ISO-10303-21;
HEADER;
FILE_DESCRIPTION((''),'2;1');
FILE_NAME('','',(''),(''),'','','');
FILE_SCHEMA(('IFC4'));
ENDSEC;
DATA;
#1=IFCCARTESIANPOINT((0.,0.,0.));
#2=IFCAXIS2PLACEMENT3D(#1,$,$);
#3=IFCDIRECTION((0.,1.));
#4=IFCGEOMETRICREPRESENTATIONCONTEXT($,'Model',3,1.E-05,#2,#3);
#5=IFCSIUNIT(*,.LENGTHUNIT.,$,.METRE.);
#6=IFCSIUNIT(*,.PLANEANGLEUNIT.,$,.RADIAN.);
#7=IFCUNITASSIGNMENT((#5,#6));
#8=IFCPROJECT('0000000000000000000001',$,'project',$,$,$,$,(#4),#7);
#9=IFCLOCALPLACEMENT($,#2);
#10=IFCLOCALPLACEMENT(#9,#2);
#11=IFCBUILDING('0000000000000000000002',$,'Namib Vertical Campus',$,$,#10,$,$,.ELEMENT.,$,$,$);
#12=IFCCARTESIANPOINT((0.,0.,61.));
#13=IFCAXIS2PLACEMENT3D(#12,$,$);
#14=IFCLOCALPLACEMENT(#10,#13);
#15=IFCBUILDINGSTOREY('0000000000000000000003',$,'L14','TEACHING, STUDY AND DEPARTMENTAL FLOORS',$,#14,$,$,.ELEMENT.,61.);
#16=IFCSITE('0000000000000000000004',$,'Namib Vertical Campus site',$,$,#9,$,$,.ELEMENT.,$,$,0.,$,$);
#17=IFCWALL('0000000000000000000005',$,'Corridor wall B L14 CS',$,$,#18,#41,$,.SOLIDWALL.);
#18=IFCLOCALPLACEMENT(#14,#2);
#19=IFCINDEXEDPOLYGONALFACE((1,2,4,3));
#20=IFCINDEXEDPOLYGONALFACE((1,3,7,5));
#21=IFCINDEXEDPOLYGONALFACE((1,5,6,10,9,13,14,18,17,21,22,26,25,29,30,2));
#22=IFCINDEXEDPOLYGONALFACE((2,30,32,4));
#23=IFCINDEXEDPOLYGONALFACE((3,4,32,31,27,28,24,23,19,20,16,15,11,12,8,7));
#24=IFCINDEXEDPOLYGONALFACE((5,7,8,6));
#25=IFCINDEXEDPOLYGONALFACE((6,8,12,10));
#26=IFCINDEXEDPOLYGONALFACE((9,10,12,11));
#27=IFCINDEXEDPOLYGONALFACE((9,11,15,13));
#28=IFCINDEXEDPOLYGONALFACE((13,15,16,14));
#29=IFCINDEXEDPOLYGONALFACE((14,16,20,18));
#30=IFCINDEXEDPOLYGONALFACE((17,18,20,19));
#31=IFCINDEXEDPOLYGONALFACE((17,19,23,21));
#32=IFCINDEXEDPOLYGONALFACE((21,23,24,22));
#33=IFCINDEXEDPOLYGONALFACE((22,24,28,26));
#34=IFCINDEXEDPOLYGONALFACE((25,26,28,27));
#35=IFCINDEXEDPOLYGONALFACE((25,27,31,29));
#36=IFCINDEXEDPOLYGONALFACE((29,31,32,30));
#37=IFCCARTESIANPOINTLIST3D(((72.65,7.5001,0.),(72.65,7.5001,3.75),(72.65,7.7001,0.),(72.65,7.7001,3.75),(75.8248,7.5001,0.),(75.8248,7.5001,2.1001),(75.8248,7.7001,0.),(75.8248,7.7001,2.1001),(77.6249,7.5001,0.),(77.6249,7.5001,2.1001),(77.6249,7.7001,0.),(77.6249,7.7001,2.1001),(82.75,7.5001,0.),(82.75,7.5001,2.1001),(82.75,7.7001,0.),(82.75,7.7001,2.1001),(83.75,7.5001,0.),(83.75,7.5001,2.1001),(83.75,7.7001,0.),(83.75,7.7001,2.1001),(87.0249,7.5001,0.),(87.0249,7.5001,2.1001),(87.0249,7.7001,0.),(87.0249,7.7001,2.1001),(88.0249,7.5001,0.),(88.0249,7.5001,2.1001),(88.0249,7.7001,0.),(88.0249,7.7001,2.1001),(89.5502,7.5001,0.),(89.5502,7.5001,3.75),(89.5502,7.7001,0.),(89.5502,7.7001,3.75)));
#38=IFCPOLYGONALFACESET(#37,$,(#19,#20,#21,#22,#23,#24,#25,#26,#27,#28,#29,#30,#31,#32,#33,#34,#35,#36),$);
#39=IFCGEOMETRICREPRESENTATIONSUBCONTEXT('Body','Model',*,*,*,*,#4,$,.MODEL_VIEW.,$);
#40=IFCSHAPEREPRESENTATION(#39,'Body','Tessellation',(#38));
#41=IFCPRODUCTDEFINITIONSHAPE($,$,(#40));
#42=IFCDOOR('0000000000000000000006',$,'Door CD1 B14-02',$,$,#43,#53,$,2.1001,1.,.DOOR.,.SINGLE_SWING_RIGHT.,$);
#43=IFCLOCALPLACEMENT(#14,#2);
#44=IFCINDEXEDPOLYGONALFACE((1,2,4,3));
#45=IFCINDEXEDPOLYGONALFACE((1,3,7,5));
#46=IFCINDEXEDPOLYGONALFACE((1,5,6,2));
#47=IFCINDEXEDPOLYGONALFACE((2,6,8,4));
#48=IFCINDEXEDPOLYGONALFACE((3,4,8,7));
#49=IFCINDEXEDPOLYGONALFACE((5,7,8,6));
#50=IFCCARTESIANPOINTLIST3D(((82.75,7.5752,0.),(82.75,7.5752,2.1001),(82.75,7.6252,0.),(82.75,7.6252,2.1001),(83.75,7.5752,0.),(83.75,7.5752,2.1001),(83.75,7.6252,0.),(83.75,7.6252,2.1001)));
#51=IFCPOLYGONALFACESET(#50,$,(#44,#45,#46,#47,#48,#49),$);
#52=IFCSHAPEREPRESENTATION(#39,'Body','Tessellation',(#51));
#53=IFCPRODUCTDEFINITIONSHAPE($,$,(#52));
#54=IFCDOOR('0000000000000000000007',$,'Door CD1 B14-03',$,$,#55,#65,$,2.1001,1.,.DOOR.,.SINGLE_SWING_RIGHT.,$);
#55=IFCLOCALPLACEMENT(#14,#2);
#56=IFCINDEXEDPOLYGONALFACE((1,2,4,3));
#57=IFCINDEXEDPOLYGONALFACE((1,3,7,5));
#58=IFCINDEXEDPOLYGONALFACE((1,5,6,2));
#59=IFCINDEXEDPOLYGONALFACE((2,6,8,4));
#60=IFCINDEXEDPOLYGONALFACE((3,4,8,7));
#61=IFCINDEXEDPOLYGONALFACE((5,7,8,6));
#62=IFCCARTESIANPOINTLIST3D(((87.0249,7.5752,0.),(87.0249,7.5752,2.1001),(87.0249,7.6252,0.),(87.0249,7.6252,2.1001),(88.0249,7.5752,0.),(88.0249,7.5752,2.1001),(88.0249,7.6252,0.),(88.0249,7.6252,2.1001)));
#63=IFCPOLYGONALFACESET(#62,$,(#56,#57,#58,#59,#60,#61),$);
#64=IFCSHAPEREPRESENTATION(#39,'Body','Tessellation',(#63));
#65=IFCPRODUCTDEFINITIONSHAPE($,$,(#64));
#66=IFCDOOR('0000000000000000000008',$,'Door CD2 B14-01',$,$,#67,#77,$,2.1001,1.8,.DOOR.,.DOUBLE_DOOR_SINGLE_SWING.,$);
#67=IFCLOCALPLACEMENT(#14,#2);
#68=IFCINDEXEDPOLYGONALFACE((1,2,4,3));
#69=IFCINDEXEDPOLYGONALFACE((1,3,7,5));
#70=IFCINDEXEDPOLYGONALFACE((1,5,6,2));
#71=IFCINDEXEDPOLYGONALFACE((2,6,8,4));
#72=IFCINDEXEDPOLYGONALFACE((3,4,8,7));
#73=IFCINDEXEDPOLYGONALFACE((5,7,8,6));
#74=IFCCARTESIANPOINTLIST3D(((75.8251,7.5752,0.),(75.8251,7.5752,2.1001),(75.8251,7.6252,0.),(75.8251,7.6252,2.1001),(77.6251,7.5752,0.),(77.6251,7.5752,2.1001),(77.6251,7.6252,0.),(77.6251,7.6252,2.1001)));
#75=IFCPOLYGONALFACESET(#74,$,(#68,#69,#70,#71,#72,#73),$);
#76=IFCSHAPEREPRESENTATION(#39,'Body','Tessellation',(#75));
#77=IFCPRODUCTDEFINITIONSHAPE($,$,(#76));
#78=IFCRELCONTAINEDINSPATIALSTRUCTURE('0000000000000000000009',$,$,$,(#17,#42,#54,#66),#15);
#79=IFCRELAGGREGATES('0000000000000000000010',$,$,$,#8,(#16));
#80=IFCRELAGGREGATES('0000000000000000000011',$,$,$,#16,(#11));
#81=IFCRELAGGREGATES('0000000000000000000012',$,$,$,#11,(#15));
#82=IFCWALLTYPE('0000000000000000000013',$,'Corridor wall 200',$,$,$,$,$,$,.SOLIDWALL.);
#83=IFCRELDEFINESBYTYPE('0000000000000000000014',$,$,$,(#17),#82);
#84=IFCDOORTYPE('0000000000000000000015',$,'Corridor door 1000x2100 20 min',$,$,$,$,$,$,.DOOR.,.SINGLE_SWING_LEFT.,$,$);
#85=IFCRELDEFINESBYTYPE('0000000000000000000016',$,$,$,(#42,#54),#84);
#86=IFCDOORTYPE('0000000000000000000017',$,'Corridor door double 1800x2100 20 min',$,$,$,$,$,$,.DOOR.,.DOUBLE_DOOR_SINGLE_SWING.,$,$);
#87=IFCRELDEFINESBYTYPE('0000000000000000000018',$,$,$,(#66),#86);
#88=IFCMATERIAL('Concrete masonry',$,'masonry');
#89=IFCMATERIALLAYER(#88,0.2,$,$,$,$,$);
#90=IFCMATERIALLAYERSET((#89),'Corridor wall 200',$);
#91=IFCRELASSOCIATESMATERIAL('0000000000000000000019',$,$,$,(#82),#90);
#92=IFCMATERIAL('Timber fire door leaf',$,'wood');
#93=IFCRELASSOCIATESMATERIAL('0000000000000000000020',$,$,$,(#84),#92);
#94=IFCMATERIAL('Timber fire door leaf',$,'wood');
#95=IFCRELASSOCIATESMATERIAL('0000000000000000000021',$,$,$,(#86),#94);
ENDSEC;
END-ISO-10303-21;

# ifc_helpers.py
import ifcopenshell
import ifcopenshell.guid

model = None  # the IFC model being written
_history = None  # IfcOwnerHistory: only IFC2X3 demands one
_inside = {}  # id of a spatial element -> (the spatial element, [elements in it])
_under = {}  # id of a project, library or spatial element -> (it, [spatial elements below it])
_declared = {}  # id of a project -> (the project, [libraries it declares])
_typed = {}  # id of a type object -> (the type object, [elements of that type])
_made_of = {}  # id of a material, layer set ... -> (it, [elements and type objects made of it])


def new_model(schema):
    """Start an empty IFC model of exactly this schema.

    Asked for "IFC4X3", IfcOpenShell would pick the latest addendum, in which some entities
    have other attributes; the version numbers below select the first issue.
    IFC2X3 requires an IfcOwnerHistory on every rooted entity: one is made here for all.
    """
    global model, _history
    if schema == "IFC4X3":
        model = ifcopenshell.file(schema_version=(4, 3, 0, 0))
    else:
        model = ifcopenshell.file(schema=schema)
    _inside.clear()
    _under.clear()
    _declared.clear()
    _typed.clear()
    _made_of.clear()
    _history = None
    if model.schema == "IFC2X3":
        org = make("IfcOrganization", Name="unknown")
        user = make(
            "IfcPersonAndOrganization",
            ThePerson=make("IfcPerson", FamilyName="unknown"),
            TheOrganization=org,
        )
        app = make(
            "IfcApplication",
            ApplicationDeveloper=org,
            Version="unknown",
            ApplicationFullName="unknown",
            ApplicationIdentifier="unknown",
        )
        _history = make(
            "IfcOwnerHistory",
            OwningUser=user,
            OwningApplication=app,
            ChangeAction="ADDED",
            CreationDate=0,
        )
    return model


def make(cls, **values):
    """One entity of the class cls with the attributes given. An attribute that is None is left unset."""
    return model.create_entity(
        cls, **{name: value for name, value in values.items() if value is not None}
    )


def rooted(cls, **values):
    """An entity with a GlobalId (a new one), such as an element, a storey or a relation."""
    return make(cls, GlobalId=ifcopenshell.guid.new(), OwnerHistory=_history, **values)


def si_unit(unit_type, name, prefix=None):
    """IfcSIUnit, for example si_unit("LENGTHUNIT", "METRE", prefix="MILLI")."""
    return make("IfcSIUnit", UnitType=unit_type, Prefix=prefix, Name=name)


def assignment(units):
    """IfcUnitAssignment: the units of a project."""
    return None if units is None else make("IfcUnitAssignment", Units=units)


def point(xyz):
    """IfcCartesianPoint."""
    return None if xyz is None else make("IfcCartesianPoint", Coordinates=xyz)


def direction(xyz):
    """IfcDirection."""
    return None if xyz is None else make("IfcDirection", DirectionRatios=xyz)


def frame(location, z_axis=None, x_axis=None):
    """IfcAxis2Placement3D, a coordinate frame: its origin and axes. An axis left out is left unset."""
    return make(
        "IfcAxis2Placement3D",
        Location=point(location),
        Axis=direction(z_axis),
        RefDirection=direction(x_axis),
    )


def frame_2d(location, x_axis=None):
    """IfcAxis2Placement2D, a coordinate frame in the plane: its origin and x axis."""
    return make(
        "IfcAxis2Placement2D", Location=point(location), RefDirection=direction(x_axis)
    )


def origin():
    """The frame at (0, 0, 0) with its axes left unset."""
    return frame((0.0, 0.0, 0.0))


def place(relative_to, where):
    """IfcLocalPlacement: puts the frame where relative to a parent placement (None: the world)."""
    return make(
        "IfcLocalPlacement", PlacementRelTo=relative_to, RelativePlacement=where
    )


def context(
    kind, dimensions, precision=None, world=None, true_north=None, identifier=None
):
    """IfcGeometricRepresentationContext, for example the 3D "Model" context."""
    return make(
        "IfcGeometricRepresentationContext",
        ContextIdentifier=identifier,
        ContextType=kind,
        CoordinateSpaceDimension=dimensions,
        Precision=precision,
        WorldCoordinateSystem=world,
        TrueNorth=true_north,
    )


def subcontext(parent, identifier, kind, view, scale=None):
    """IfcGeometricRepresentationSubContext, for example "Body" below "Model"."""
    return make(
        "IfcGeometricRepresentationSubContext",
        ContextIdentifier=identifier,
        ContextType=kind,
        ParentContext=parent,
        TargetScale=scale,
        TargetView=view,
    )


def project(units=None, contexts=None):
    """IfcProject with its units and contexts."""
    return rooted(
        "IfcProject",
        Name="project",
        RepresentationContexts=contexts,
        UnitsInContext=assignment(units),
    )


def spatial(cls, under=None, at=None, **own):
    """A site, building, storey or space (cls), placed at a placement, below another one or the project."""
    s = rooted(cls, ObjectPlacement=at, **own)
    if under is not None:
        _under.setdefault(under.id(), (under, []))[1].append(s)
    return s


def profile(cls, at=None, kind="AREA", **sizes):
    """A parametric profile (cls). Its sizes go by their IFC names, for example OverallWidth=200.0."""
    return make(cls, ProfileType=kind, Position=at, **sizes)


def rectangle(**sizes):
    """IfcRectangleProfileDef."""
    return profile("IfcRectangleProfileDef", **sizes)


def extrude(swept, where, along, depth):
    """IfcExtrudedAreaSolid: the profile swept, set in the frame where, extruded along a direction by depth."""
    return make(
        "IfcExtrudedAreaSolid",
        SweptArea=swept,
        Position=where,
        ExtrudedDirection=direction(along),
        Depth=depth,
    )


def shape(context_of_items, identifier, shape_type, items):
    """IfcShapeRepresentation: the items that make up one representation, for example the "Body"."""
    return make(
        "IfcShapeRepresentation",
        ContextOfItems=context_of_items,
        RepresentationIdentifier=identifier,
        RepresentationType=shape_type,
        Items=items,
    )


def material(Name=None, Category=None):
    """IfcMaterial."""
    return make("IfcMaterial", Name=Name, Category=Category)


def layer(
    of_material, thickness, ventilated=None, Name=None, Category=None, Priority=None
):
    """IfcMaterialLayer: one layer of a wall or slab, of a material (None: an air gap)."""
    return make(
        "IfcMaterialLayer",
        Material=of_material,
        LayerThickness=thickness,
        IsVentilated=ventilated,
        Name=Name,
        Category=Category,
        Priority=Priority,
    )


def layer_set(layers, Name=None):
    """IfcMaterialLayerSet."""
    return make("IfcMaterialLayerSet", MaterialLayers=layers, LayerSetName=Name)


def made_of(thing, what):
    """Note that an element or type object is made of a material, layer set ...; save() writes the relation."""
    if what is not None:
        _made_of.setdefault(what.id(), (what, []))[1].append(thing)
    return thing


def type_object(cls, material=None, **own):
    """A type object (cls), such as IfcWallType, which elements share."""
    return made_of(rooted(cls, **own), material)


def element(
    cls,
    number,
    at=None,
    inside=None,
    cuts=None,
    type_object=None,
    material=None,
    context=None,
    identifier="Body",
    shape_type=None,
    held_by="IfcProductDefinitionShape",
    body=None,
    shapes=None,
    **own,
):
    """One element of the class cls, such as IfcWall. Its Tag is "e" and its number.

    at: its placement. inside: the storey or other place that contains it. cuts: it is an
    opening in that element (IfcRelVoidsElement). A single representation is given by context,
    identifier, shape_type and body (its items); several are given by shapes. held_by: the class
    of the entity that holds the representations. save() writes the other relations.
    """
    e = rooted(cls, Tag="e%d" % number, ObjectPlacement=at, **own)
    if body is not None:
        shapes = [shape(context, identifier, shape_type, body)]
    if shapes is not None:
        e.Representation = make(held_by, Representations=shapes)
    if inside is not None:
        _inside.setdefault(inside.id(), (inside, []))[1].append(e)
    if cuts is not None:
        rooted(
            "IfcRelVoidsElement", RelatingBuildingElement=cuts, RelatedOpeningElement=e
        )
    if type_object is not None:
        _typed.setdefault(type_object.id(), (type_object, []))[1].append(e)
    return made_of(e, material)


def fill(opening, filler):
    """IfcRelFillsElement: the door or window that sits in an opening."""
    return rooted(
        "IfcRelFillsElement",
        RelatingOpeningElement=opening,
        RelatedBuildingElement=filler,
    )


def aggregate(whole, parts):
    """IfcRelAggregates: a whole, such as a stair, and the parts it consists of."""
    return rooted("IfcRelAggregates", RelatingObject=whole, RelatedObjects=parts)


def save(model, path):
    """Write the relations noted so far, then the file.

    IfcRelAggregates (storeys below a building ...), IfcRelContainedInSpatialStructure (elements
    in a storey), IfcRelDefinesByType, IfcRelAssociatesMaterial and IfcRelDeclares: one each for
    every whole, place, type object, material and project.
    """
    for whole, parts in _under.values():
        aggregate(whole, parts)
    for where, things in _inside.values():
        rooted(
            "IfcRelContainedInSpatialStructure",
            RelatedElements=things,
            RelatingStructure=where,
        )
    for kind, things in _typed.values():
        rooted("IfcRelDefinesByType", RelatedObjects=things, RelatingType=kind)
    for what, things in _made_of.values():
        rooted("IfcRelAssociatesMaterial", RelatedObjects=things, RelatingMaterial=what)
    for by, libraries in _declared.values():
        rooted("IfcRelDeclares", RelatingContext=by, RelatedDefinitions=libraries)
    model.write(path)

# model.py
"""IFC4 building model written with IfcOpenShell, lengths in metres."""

from ifc_helpers import new_model, si_unit, direction, frame, frame_2d, origin, place, context, subcontext, project, spatial, rectangle, extrude, material, layer, layer_set, type_object, element, fill, save


model = new_model("IFC4")

# Units and contexts
model_context = context("Model", 3, precision=1e-05, world=origin(), true_north=direction((0.0, 1.0)))
body_context = subcontext(model_context, "Body", "Model", "MODEL_VIEW")
ifc_project = project(units=[si_unit("LENGTHUNIT", "METRE"), si_unit("PLANEANGLEUNIT", "RADIAN")], contexts=[model_context])

# Site, building, storey
site_placement = place(None, origin())
site = spatial("IfcSite", under=ifc_project, at=site_placement, Name="Namib Vertical Campus site", CompositionType="ELEMENT", RefElevation=0.0)
building_placement = place(site_placement, origin())
building = spatial("IfcBuilding", under=site, at=building_placement, Name="Namib Vertical Campus", CompositionType="ELEMENT")
storey_placement = place(building_placement, frame((0.0, 0.0, 61.0)))
storey = spatial("IfcBuildingStorey", under=building, at=storey_placement, Name="L14", Description="TEACHING, STUDY AND DEPARTMENTAL FLOORS", CompositionType="ELEMENT", Elevation=61.0)

# Wall, openings, doors
ifc_material_1 = material(Name="Concrete masonry", Category="masonry")
ifc_layer_1 = layer(ifc_material_1, 0.2)
ifc_layer_set_1 = layer_set([ifc_layer_1], Name="Corridor wall 200")
wall_type_1 = type_object("IfcWallType", Name="Corridor wall 200", PredefinedType="SOLIDWALL", material=ifc_layer_set_1)
wall_1_placement = place(storey_placement, frame((72.6499, 7.6001, 0.0), z_axis=(0.0, 0.0, 1.0), x_axis=(1.0, 0.0, 0.0)))
wall_1 = element("IfcWall", 1, at=wall_1_placement, inside=storey, type_object=wall_type_1, Name="Corridor wall B L14 CS", PredefinedType="SOLIDWALL", context=body_context, shape_type="SweptSolid", body=[
    extrude(rectangle(XDim=16.9001, YDim=0.2, at=frame_2d((8.4502, 0.0))), origin(), (0.0, 0.0, 1.0), 3.75),
])
opening_1_placement = place(wall_1_placement, frame((3.175, 0.0, 0.0)))
opening_1 = element("IfcOpeningElement", 2, at=opening_1_placement, cuts=wall_1, PredefinedType="OPENING", context=body_context, shape_type="SweptSolid", body=[
    extrude(rectangle(XDim=1.8, YDim=2.1001, at=frame_2d((0.8999, 1.05))), frame((0.0, 0.1099, 0.0), z_axis=(0.0, -1.0, 0.0), x_axis=(1.0, 0.0, 0.0)), (0.0, 0.0, 1.0), 0.22),
])
opening_2_placement = place(wall_1_placement, frame((10.1001, 0.0, 0.0)))
opening_2 = element("IfcOpeningElement", 3, at=opening_2_placement, cuts=wall_1, PredefinedType="OPENING", context=body_context, shape_type="SweptSolid", body=[
    extrude(rectangle(XDim=1.0, YDim=2.1001, at=frame_2d((0.5, 1.05))), frame((0.0, 0.1099, 0.0), z_axis=(0.0, -1.0, 0.0), x_axis=(1.0, 0.0, 0.0)), (0.0, 0.0, 1.0), 0.22),
])
opening_3_placement = place(wall_1_placement, frame((14.375, 0.0, 0.0)))
opening_3 = element("IfcOpeningElement", 4, at=opening_3_placement, cuts=wall_1, PredefinedType="OPENING", context=body_context, shape_type="SweptSolid", body=[
    extrude(rectangle(XDim=1.0, YDim=2.1001, at=frame_2d((0.5, 1.05))), frame((0.0, 0.1099, 0.0), z_axis=(0.0, -1.0, 0.0), x_axis=(1.0, 0.0, 0.0)), (0.0, 0.0, 1.0), 0.22),
])
ifc_material_2 = material(Name="Timber fire door leaf", Category="wood")
door_type_1 = type_object("IfcDoorType", Name="Corridor door 1000x2100 20 min", OperationType="SINGLE_SWING_LEFT", PredefinedType="DOOR", material=ifc_material_2)
door_1_placement = place(opening_2_placement, frame((1.0, 0.0, 0.0), z_axis=(0.0, 0.0, 1.0), x_axis=(-1.0, 0.0, 0.0)))
door_1 = element("IfcDoor", 5, at=door_1_placement, inside=storey, type_object=door_type_1, Name="Door CD1 B14-02", OperationType="SINGLE_SWING_RIGHT", OverallHeight=2.1001, OverallWidth=1.0, PredefinedType="DOOR", context=body_context, shape_type="SweptSolid", body=[
    extrude(rectangle(XDim=1.0, YDim=2.1001, at=frame_2d((0.5, 1.05))), frame((0.0, 0.0249, 0.0), z_axis=(0.0, -1.0, 0.0), x_axis=(1.0, 0.0, 0.0)), (0.0, 0.0, 1.0), 0.05),
])
fill(opening_2, door_1)
door_2_placement = place(opening_3_placement, frame((1.0, 0.0, 0.0), z_axis=(0.0, 0.0, 1.0), x_axis=(-1.0, 0.0, 0.0)))
door_2 = element("IfcDoor", 6, at=door_2_placement, inside=storey, type_object=door_type_1, Name="Door CD1 B14-03", OperationType="SINGLE_SWING_RIGHT", OverallHeight=2.1001, OverallWidth=1.0, PredefinedType="DOOR", context=body_context, shape_type="SweptSolid", body=[
    extrude(rectangle(XDim=1.0, YDim=2.1001, at=frame_2d((0.5, 1.05))), frame((0.0, 0.0249, 0.0), z_axis=(0.0, -1.0, 0.0), x_axis=(1.0, 0.0, 0.0)), (0.0, 0.0, 1.0), 0.05),
])
fill(opening_3, door_2)
ifc_material_3 = material(Name="Timber fire door leaf", Category="wood")
door_type_2 = type_object("IfcDoorType", Name="Corridor door double 1800x2100 20 min", OperationType="DOUBLE_DOOR_SINGLE_SWING", PredefinedType="DOOR", material=ifc_material_3)
door_3_placement = place(opening_1_placement, frame((1.8, 0.0, 0.0), z_axis=(0.0, 0.0, 1.0), x_axis=(-1.0, 0.0, 0.0)))
door_3 = element("IfcDoor", 7, at=door_3_placement, inside=storey, type_object=door_type_2, Name="Door CD2 B14-01", OperationType="DOUBLE_DOOR_SINGLE_SWING", OverallHeight=2.1001, OverallWidth=1.8, PredefinedType="DOOR", context=body_context, shape_type="SweptSolid", body=[
    extrude(rectangle(XDim=1.8, YDim=2.1001, at=frame_2d((0.8999, 1.05))), frame((0.0, 0.0249, 0.0), z_axis=(0.0, -1.0, 0.0), x_axis=(1.0, 0.0, 0.0)), (0.0, 0.0, 1.0), 0.05),
])
fill(opening_1, door_3)

save(model, "model.ifc")
